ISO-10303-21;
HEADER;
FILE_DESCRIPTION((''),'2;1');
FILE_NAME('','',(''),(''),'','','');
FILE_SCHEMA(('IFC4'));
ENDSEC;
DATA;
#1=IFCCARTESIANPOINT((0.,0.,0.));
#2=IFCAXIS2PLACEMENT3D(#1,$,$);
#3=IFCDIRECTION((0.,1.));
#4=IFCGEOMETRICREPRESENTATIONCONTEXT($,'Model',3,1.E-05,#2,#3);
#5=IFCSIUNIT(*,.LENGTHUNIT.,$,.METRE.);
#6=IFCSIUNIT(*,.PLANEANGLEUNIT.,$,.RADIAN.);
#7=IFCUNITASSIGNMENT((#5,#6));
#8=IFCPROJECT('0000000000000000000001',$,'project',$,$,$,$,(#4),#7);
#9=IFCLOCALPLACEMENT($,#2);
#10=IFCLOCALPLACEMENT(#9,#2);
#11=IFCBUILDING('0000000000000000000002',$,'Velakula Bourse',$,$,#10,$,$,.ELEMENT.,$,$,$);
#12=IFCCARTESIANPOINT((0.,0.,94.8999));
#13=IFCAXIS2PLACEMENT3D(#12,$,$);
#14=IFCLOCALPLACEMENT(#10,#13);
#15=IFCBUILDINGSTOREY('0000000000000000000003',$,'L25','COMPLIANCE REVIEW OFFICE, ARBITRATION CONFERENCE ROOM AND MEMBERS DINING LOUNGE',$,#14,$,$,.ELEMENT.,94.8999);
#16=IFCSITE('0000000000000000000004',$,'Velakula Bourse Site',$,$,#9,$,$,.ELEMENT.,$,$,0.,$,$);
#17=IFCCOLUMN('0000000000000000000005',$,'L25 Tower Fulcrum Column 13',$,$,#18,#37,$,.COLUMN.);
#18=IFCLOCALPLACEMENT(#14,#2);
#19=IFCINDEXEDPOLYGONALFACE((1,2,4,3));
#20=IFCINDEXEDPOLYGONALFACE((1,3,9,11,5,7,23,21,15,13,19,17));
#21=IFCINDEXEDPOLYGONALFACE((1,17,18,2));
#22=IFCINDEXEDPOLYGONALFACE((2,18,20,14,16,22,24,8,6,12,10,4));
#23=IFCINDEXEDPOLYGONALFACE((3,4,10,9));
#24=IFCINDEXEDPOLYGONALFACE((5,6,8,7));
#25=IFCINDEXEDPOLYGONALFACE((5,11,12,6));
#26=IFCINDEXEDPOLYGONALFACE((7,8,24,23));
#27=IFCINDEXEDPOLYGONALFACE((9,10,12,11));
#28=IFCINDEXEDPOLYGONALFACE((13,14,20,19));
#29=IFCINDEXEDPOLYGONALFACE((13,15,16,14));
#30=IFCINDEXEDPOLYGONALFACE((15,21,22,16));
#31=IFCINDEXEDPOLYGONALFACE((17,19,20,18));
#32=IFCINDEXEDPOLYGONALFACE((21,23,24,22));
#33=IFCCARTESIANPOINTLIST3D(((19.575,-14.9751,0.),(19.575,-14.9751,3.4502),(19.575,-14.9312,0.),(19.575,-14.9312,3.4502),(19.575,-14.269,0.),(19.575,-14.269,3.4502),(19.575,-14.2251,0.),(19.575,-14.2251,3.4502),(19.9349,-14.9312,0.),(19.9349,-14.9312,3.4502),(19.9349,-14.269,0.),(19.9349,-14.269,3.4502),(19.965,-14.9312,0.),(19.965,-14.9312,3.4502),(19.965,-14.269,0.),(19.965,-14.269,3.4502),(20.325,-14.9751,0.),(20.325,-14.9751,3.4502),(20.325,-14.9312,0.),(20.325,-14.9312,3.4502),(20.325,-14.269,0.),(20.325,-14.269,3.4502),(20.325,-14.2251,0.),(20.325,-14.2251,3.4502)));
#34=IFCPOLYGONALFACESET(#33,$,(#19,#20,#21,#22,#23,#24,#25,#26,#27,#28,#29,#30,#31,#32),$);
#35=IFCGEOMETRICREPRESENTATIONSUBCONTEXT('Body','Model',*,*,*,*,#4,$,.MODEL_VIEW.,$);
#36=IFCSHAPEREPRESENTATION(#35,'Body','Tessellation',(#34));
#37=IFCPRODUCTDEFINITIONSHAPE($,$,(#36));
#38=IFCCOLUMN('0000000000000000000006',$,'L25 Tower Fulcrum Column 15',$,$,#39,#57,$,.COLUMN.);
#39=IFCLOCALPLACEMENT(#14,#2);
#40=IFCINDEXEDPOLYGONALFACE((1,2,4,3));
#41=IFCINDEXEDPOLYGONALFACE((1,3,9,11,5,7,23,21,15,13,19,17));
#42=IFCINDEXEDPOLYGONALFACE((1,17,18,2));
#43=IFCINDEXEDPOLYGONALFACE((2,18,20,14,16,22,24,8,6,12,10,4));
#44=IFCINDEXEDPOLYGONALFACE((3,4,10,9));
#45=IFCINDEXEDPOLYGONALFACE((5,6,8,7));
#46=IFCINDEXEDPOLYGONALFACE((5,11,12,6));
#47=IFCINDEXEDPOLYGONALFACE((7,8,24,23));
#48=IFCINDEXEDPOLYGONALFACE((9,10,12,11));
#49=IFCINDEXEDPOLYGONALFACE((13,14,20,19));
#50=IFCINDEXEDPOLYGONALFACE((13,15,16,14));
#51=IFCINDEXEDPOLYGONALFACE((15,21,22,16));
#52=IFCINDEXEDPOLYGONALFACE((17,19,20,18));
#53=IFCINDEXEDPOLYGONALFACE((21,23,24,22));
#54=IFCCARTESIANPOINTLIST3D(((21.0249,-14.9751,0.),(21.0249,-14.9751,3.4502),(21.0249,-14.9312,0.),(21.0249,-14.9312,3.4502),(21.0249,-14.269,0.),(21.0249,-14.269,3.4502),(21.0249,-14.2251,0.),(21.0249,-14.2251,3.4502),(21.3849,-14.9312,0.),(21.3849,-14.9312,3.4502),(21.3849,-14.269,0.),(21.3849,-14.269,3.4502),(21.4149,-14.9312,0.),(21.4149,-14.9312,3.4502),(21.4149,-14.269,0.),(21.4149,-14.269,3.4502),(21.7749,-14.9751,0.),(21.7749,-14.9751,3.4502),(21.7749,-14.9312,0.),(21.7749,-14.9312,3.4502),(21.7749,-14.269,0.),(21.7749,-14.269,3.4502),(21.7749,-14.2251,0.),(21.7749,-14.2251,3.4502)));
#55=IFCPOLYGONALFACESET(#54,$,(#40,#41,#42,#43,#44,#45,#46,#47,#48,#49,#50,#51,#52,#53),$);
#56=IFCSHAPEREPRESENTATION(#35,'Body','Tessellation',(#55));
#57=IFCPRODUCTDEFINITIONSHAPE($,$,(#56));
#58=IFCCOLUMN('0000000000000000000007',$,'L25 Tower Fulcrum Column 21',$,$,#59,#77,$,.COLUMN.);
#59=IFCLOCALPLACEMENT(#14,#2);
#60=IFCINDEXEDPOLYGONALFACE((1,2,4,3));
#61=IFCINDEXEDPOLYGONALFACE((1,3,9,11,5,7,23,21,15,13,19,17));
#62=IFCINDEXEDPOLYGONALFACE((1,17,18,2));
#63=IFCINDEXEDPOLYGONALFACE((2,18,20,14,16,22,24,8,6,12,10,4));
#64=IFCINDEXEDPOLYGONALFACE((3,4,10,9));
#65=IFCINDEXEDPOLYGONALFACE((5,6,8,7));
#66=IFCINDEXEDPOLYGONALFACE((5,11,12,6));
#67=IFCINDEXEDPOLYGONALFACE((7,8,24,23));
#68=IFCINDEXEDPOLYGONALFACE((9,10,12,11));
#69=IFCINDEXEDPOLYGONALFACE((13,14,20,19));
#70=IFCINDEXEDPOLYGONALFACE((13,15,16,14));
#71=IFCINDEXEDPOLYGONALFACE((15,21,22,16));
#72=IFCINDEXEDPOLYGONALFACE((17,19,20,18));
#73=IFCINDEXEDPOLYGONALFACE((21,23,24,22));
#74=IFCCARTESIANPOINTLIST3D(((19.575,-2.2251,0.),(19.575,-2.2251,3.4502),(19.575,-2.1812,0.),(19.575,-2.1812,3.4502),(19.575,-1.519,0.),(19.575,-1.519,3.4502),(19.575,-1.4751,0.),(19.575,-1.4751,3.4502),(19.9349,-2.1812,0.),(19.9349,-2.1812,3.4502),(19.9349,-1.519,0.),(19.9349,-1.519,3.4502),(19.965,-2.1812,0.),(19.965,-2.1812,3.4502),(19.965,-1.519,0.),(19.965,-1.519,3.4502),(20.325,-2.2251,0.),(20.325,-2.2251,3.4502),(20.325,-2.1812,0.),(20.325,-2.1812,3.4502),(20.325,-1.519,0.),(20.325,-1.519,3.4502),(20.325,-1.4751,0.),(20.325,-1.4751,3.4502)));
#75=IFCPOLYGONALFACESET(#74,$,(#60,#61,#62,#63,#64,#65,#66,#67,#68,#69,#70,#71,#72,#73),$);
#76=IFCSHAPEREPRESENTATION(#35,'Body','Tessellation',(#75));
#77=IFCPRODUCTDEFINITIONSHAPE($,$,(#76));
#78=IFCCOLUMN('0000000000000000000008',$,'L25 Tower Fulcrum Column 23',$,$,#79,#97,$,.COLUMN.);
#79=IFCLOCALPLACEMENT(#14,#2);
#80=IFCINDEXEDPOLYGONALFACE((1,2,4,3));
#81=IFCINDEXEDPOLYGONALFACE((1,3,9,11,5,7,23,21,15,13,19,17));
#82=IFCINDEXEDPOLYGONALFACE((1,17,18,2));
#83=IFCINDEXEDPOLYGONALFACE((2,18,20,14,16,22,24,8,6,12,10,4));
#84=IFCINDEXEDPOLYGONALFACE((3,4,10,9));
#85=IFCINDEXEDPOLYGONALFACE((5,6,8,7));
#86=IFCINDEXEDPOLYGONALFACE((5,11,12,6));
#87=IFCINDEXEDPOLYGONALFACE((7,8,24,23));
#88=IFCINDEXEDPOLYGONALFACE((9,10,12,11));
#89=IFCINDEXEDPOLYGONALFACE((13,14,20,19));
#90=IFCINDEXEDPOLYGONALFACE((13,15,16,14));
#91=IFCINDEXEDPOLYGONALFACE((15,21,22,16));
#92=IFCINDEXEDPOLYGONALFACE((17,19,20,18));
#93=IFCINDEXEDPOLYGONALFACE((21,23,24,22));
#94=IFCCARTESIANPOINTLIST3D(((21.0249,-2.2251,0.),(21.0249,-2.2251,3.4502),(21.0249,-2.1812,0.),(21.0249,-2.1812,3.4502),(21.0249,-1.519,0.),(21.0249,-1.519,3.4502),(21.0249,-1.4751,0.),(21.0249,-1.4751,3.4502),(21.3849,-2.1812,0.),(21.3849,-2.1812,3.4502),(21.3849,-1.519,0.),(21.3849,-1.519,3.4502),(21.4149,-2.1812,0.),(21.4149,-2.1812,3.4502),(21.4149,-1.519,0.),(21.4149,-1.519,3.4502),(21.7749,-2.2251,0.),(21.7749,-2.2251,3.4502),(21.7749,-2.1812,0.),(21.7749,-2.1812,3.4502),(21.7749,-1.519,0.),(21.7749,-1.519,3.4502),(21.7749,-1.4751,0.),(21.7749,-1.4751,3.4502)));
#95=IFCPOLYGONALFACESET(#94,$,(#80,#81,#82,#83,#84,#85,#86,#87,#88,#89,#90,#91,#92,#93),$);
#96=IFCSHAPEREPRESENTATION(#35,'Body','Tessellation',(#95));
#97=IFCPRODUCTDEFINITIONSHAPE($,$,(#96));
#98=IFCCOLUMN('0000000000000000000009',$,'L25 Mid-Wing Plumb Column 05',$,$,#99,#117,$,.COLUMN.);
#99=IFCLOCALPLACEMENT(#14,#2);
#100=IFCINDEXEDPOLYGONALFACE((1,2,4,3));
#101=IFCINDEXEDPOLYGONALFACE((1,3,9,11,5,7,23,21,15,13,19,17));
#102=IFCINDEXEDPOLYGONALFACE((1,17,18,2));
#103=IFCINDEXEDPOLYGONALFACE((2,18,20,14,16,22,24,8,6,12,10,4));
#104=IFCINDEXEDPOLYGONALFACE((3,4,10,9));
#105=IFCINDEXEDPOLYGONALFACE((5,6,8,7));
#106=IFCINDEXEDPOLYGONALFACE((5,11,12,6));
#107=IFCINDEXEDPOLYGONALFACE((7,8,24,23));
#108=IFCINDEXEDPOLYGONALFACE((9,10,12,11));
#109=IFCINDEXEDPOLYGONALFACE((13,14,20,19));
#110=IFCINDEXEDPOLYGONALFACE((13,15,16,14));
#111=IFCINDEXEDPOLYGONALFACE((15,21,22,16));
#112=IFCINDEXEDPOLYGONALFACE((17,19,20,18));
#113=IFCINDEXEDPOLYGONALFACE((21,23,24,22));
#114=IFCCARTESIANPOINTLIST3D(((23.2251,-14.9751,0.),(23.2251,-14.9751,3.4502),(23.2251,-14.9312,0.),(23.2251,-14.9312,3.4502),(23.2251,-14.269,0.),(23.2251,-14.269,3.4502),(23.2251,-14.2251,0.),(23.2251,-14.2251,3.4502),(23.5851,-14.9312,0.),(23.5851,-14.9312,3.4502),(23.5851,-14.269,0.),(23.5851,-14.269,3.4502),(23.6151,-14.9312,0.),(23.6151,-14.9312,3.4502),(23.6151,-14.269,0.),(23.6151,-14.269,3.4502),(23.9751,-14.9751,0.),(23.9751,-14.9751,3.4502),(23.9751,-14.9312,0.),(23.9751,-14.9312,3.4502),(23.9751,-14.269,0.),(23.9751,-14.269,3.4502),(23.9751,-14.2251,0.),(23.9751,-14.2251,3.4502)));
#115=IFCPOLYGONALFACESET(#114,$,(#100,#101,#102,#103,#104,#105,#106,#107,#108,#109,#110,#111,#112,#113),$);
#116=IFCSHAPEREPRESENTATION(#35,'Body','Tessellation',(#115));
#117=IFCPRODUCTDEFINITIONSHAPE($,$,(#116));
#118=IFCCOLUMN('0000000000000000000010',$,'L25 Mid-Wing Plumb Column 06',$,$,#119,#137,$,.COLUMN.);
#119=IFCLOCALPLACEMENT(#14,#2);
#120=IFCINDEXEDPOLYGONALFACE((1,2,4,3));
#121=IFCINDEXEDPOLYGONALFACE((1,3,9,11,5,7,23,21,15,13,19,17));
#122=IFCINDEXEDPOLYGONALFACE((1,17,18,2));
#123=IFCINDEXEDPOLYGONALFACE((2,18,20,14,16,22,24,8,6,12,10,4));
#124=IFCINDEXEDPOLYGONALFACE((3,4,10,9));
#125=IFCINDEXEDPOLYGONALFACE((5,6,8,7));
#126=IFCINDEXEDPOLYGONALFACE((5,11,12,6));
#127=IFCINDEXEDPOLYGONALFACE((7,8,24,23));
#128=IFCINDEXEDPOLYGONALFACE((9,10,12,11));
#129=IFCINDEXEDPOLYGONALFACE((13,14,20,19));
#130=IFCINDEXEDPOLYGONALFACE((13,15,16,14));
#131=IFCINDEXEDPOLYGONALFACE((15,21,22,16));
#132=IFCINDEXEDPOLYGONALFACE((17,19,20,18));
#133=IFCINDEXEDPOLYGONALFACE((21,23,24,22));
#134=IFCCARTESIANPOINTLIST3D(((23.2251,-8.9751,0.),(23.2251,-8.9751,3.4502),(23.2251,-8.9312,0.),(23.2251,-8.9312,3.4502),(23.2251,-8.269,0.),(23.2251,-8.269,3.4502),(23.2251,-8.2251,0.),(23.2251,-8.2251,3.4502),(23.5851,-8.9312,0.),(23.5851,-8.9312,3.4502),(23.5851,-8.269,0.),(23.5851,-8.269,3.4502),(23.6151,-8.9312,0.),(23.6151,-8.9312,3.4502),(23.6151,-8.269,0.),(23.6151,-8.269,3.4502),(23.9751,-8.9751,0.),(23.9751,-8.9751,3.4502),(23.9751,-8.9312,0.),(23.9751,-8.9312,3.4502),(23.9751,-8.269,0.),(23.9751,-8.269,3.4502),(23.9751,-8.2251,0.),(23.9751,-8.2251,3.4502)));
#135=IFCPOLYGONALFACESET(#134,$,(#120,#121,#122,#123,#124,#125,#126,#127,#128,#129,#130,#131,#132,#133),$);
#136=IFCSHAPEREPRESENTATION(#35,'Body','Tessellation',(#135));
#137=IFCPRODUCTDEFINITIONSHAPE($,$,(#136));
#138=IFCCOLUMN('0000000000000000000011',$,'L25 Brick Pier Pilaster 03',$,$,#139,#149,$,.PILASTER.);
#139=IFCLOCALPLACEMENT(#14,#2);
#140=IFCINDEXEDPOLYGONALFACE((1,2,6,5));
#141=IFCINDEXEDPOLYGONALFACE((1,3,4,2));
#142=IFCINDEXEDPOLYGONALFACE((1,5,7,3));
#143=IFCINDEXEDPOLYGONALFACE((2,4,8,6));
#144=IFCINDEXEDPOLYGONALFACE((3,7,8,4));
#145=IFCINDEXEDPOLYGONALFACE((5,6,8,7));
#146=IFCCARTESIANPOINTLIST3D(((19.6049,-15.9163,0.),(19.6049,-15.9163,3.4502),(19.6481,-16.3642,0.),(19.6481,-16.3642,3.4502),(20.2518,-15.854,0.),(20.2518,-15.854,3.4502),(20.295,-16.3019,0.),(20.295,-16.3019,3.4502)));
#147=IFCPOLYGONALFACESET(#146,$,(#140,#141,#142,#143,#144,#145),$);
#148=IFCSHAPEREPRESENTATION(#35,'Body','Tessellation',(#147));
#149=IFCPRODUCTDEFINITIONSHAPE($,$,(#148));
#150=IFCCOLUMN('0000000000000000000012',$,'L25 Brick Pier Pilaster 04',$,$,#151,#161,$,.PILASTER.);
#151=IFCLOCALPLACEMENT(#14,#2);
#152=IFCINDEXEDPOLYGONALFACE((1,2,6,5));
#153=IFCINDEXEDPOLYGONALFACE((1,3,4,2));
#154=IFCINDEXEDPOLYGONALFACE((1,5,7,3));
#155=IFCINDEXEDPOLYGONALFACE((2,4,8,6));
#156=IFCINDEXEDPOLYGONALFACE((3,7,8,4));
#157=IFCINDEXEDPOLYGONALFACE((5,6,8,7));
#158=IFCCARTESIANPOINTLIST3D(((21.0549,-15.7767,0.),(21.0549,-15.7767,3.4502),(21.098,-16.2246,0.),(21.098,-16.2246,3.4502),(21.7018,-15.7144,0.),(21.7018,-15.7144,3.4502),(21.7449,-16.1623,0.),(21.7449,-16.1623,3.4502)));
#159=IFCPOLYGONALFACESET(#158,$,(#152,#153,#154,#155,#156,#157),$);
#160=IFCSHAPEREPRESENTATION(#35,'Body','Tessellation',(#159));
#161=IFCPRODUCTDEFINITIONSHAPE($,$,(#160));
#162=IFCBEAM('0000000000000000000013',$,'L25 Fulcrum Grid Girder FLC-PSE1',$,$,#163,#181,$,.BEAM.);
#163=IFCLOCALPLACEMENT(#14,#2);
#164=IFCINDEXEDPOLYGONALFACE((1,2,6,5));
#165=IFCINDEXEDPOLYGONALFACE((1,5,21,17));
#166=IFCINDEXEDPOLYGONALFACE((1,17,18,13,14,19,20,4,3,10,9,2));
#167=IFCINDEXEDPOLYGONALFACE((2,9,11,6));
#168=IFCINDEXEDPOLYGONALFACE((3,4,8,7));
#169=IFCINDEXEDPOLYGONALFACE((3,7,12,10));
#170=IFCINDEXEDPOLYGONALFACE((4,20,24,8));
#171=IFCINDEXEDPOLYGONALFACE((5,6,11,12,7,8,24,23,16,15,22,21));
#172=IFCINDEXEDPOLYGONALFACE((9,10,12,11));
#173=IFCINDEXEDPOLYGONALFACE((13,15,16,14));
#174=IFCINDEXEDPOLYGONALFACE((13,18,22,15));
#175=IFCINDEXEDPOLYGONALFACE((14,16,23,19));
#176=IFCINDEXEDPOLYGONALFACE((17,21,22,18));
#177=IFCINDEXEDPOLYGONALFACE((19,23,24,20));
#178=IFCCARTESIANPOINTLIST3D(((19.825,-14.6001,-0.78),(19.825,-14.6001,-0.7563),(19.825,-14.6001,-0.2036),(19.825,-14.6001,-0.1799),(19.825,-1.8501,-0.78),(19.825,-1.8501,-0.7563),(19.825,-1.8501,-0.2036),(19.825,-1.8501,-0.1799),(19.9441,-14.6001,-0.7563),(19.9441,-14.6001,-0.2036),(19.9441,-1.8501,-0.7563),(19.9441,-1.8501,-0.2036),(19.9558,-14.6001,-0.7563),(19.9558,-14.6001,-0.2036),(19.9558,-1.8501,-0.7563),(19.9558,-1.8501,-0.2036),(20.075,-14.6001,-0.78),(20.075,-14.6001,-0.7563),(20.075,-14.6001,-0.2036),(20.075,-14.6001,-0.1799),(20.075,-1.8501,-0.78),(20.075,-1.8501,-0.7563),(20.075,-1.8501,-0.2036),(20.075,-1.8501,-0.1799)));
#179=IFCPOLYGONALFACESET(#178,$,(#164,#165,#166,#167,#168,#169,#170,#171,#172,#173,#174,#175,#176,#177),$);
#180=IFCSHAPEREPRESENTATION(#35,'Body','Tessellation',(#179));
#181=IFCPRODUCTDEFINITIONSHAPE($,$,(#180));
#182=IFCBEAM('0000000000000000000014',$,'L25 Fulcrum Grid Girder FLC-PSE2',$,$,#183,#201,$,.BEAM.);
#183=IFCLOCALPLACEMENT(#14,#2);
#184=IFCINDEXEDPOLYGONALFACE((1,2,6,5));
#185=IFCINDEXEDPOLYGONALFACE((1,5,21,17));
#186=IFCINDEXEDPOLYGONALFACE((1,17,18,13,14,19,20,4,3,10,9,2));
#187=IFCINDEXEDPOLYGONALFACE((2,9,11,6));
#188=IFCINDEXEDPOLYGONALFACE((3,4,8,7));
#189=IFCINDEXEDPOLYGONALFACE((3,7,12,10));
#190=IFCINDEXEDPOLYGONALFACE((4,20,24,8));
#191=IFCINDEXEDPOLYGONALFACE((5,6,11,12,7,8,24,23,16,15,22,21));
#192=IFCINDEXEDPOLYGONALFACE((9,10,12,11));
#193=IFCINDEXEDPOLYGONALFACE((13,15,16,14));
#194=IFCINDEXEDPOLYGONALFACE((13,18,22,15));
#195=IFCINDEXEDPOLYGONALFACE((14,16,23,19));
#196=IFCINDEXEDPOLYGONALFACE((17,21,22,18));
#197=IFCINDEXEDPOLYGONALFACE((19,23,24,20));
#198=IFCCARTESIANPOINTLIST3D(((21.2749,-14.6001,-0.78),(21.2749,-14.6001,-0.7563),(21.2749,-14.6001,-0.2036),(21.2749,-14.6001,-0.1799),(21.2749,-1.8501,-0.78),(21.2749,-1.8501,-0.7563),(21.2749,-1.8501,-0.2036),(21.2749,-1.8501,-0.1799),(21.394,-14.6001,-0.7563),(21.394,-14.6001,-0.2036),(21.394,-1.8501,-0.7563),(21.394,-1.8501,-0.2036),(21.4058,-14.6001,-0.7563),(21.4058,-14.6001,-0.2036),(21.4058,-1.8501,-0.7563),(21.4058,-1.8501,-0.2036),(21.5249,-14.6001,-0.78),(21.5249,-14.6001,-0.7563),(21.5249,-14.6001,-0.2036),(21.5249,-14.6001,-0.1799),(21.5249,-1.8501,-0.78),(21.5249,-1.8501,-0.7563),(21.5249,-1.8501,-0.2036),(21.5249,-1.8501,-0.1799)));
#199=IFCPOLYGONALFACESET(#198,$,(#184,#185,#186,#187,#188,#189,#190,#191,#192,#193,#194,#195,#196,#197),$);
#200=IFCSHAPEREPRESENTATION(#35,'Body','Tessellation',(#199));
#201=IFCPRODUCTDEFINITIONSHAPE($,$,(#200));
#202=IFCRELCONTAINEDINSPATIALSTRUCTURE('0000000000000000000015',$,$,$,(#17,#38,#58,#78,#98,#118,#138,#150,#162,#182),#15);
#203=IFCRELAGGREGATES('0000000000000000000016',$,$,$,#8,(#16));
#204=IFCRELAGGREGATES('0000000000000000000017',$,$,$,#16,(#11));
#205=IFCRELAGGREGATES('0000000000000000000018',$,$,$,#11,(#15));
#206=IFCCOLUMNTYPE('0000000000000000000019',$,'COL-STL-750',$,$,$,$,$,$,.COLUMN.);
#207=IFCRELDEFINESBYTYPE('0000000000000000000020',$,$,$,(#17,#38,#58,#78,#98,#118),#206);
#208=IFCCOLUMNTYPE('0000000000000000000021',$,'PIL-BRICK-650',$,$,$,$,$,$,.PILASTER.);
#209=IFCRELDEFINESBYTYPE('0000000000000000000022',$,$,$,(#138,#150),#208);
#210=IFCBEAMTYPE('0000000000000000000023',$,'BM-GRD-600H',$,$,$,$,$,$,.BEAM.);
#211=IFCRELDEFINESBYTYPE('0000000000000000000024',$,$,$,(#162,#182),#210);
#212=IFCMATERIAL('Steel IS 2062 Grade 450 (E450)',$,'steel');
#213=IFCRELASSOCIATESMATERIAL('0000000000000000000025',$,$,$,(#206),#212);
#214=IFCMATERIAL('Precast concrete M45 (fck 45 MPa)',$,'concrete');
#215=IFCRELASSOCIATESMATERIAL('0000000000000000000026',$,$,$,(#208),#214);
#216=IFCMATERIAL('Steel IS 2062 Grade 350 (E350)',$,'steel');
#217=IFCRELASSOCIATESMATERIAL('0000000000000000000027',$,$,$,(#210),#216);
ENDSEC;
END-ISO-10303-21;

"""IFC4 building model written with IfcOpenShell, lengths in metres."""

from ifc_helpers import new_model, si_unit, direction, frame, origin, origin_2d, place, context, subcontext, project, spatial, rectangle, i_section, extrude, material, material_profile, profile_set, type_object, element, save


model = new_model("IFC4")

# Units and contexts
model_context = context("Model", 3, precision=1e-05, world=origin(), true_north=direction((0.0, 1.0)))
body_context = subcontext(model_context, "Body", "Model", "MODEL_VIEW")
ifc_project = project(units=[si_unit("LENGTHUNIT", "METRE"), si_unit("PLANEANGLEUNIT", "RADIAN")], contexts=[model_context])

# Site, building, storey
site_placement = place(None, origin())
site = spatial("IfcSite", under=ifc_project, at=site_placement, Name="Velakula Bourse Site", CompositionType="ELEMENT", RefElevation=0.0)
building_placement = place(site_placement, origin())
building = spatial("IfcBuilding", under=site, at=building_placement, Name="Velakula Bourse", CompositionType="ELEMENT")
storey_placement = place(building_placement, frame((0.0, 0.0, 94.8999)))
storey = spatial("IfcBuildingStorey", under=building, at=storey_placement, Name="L25", Description="COMPLIANCE REVIEW OFFICE, ARBITRATION CONFERENCE ROOM AND MEMBERS DINING LOUNGE", CompositionType="ELEMENT", Elevation=94.8999)

# Columns
ifc_material_1 = material(Name="Steel IS 2062 Grade 450 (E450)", Category="steel")
ifc_material_profile_1 = material_profile(ifc_material_1, i_section(OverallWidth=0.75, OverallDepth=0.75, WebThickness=0.03, FlangeThickness=0.0439, at=origin_2d()), Name="Steel IS 2062 Grade 450 (E450)")
ifc_profile_set_1 = profile_set([ifc_material_profile_1], Name="Steel IS 2062 Grade 450 (E450)")
column_type_1 = type_object("IfcColumnType", Name="COL-STL-750", PredefinedType="COLUMN", material=ifc_profile_set_1)
for number, where, z_axis, x_axis, name in (
    (1, (19.95, -14.6001, 0.0), (0.0, 0.0, 1.0), (1.0, 0.0, 0.0), "L25 Tower Fulcrum Column 13"),
    (2, (21.3999, -14.6001, 0.0), (0.0, 0.0, 1.0), (1.0, 0.0, 0.0), "L25 Tower Fulcrum Column 15"),
    (3, (19.95, -1.8501, 0.0), (0.0, 0.0, 1.0), (1.0, 0.0, 0.0), "L25 Tower Fulcrum Column 21"),
    (4, (21.3999, -1.8501, 0.0), (0.0, 0.0, 1.0), (1.0, 0.0, 0.0), "L25 Tower Fulcrum Column 23"),
    (5, (23.6001, -14.6001, 0.0), (0.0, 0.0, 1.0), (1.0, 0.0, 0.0), "L25 Mid-Wing Plumb Column 05"),
    (6, (23.6001, -8.6001, 0.0), (0.0, 0.0, 1.0), (1.0, 0.0, 0.0), "L25 Mid-Wing Plumb Column 06"),
):
    element("IfcColumn", number, at=place(storey_placement, frame(where, z_axis=z_axis, x_axis=x_axis)), inside=storey, type_object=column_type_1, Name=name, PredefinedType="COLUMN", context=body_context, shape_type="SweptSolid", body=[
        extrude(i_section(OverallWidth=0.75, OverallDepth=0.75, WebThickness=0.03, FlangeThickness=0.0439, at=origin_2d()), origin(), (0.0, 0.0, 1.0), 3.4502),
    ])
ifc_material_2 = material(Name="Precast concrete M45 (fck 45 MPa)", Category="concrete")
ifc_material_profile_2 = material_profile(ifc_material_2, rectangle(XDim=0.6499, YDim=0.45, at=origin_2d()), Name="Precast concrete M45 (fck 45 MPa)")
ifc_profile_set_2 = profile_set([ifc_material_profile_2], Name="Precast concrete M45 (fck 45 MPa)")
column_type_2 = type_object("IfcColumnType", Name="PIL-BRICK-650", PredefinedType="PILASTER", material=ifc_profile_set_2)
for number, where, z_axis, x_axis, name in (
    (7, (19.95, -16.1091, 0.0), (0.0, 0.0, 1.0), (0.995396, 0.095846, 0.0), "L25 Brick Pier Pilaster 03"),
    (8, (21.3999, -15.9695, 0.0), (0.0, 0.0, 1.0), (0.995396, 0.095846, 0.0), "L25 Brick Pier Pilaster 04"),
):
    element("IfcColumn", number, at=place(storey_placement, frame(where, z_axis=z_axis, x_axis=x_axis)), inside=storey, type_object=column_type_2, Name=name, PredefinedType="PILASTER", context=body_context, shape_type="SweptSolid", body=[
        extrude(rectangle(XDim=0.6499, YDim=0.45, at=origin_2d()), origin(), (0.0, 0.0, 1.0), 3.4502),
    ])

# Beams
ifc_material_3 = material(Name="Steel IS 2062 Grade 350 (E350)", Category="steel")
ifc_material_profile_3 = material_profile(ifc_material_3, i_section(OverallWidth=0.25, OverallDepth=0.6001, WebThickness=0.0117, FlangeThickness=0.0237, at=origin_2d()), Name="Steel IS 2062 Grade 350 (E350)")
ifc_profile_set_3 = profile_set([ifc_material_profile_3], Name="Steel IS 2062 Grade 350 (E350)")
beam_type_1 = type_object("IfcBeamType", Name="BM-GRD-600H", PredefinedType="BEAM", material=ifc_profile_set_3)
for number, where, z_axis, x_axis, name in (
    (9, (19.95, -14.6001, -0.48), (0.0, 1.0, 0.0), (-1.0, 0.0, 0.0), "L25 Fulcrum Grid Girder FLC-PSE1"),
    (10, (21.3999, -14.6001, -0.48), (0.0, 1.0, 0.0), (-1.0, 0.0, 0.0), "L25 Fulcrum Grid Girder FLC-PSE2"),
):
    element("IfcBeam", number, at=place(storey_placement, frame(where, z_axis=z_axis, x_axis=x_axis)), inside=storey, type_object=beam_type_1, Name=name, PredefinedType="BEAM", context=body_context, shape_type="SweptSolid", body=[
        extrude(i_section(OverallWidth=0.25, OverallDepth=0.6001, WebThickness=0.0117, FlangeThickness=0.0237, at=origin_2d()), origin(), (0.0, 0.0, 1.0), 12.75),
    ])

save(model, "model.ifc")
